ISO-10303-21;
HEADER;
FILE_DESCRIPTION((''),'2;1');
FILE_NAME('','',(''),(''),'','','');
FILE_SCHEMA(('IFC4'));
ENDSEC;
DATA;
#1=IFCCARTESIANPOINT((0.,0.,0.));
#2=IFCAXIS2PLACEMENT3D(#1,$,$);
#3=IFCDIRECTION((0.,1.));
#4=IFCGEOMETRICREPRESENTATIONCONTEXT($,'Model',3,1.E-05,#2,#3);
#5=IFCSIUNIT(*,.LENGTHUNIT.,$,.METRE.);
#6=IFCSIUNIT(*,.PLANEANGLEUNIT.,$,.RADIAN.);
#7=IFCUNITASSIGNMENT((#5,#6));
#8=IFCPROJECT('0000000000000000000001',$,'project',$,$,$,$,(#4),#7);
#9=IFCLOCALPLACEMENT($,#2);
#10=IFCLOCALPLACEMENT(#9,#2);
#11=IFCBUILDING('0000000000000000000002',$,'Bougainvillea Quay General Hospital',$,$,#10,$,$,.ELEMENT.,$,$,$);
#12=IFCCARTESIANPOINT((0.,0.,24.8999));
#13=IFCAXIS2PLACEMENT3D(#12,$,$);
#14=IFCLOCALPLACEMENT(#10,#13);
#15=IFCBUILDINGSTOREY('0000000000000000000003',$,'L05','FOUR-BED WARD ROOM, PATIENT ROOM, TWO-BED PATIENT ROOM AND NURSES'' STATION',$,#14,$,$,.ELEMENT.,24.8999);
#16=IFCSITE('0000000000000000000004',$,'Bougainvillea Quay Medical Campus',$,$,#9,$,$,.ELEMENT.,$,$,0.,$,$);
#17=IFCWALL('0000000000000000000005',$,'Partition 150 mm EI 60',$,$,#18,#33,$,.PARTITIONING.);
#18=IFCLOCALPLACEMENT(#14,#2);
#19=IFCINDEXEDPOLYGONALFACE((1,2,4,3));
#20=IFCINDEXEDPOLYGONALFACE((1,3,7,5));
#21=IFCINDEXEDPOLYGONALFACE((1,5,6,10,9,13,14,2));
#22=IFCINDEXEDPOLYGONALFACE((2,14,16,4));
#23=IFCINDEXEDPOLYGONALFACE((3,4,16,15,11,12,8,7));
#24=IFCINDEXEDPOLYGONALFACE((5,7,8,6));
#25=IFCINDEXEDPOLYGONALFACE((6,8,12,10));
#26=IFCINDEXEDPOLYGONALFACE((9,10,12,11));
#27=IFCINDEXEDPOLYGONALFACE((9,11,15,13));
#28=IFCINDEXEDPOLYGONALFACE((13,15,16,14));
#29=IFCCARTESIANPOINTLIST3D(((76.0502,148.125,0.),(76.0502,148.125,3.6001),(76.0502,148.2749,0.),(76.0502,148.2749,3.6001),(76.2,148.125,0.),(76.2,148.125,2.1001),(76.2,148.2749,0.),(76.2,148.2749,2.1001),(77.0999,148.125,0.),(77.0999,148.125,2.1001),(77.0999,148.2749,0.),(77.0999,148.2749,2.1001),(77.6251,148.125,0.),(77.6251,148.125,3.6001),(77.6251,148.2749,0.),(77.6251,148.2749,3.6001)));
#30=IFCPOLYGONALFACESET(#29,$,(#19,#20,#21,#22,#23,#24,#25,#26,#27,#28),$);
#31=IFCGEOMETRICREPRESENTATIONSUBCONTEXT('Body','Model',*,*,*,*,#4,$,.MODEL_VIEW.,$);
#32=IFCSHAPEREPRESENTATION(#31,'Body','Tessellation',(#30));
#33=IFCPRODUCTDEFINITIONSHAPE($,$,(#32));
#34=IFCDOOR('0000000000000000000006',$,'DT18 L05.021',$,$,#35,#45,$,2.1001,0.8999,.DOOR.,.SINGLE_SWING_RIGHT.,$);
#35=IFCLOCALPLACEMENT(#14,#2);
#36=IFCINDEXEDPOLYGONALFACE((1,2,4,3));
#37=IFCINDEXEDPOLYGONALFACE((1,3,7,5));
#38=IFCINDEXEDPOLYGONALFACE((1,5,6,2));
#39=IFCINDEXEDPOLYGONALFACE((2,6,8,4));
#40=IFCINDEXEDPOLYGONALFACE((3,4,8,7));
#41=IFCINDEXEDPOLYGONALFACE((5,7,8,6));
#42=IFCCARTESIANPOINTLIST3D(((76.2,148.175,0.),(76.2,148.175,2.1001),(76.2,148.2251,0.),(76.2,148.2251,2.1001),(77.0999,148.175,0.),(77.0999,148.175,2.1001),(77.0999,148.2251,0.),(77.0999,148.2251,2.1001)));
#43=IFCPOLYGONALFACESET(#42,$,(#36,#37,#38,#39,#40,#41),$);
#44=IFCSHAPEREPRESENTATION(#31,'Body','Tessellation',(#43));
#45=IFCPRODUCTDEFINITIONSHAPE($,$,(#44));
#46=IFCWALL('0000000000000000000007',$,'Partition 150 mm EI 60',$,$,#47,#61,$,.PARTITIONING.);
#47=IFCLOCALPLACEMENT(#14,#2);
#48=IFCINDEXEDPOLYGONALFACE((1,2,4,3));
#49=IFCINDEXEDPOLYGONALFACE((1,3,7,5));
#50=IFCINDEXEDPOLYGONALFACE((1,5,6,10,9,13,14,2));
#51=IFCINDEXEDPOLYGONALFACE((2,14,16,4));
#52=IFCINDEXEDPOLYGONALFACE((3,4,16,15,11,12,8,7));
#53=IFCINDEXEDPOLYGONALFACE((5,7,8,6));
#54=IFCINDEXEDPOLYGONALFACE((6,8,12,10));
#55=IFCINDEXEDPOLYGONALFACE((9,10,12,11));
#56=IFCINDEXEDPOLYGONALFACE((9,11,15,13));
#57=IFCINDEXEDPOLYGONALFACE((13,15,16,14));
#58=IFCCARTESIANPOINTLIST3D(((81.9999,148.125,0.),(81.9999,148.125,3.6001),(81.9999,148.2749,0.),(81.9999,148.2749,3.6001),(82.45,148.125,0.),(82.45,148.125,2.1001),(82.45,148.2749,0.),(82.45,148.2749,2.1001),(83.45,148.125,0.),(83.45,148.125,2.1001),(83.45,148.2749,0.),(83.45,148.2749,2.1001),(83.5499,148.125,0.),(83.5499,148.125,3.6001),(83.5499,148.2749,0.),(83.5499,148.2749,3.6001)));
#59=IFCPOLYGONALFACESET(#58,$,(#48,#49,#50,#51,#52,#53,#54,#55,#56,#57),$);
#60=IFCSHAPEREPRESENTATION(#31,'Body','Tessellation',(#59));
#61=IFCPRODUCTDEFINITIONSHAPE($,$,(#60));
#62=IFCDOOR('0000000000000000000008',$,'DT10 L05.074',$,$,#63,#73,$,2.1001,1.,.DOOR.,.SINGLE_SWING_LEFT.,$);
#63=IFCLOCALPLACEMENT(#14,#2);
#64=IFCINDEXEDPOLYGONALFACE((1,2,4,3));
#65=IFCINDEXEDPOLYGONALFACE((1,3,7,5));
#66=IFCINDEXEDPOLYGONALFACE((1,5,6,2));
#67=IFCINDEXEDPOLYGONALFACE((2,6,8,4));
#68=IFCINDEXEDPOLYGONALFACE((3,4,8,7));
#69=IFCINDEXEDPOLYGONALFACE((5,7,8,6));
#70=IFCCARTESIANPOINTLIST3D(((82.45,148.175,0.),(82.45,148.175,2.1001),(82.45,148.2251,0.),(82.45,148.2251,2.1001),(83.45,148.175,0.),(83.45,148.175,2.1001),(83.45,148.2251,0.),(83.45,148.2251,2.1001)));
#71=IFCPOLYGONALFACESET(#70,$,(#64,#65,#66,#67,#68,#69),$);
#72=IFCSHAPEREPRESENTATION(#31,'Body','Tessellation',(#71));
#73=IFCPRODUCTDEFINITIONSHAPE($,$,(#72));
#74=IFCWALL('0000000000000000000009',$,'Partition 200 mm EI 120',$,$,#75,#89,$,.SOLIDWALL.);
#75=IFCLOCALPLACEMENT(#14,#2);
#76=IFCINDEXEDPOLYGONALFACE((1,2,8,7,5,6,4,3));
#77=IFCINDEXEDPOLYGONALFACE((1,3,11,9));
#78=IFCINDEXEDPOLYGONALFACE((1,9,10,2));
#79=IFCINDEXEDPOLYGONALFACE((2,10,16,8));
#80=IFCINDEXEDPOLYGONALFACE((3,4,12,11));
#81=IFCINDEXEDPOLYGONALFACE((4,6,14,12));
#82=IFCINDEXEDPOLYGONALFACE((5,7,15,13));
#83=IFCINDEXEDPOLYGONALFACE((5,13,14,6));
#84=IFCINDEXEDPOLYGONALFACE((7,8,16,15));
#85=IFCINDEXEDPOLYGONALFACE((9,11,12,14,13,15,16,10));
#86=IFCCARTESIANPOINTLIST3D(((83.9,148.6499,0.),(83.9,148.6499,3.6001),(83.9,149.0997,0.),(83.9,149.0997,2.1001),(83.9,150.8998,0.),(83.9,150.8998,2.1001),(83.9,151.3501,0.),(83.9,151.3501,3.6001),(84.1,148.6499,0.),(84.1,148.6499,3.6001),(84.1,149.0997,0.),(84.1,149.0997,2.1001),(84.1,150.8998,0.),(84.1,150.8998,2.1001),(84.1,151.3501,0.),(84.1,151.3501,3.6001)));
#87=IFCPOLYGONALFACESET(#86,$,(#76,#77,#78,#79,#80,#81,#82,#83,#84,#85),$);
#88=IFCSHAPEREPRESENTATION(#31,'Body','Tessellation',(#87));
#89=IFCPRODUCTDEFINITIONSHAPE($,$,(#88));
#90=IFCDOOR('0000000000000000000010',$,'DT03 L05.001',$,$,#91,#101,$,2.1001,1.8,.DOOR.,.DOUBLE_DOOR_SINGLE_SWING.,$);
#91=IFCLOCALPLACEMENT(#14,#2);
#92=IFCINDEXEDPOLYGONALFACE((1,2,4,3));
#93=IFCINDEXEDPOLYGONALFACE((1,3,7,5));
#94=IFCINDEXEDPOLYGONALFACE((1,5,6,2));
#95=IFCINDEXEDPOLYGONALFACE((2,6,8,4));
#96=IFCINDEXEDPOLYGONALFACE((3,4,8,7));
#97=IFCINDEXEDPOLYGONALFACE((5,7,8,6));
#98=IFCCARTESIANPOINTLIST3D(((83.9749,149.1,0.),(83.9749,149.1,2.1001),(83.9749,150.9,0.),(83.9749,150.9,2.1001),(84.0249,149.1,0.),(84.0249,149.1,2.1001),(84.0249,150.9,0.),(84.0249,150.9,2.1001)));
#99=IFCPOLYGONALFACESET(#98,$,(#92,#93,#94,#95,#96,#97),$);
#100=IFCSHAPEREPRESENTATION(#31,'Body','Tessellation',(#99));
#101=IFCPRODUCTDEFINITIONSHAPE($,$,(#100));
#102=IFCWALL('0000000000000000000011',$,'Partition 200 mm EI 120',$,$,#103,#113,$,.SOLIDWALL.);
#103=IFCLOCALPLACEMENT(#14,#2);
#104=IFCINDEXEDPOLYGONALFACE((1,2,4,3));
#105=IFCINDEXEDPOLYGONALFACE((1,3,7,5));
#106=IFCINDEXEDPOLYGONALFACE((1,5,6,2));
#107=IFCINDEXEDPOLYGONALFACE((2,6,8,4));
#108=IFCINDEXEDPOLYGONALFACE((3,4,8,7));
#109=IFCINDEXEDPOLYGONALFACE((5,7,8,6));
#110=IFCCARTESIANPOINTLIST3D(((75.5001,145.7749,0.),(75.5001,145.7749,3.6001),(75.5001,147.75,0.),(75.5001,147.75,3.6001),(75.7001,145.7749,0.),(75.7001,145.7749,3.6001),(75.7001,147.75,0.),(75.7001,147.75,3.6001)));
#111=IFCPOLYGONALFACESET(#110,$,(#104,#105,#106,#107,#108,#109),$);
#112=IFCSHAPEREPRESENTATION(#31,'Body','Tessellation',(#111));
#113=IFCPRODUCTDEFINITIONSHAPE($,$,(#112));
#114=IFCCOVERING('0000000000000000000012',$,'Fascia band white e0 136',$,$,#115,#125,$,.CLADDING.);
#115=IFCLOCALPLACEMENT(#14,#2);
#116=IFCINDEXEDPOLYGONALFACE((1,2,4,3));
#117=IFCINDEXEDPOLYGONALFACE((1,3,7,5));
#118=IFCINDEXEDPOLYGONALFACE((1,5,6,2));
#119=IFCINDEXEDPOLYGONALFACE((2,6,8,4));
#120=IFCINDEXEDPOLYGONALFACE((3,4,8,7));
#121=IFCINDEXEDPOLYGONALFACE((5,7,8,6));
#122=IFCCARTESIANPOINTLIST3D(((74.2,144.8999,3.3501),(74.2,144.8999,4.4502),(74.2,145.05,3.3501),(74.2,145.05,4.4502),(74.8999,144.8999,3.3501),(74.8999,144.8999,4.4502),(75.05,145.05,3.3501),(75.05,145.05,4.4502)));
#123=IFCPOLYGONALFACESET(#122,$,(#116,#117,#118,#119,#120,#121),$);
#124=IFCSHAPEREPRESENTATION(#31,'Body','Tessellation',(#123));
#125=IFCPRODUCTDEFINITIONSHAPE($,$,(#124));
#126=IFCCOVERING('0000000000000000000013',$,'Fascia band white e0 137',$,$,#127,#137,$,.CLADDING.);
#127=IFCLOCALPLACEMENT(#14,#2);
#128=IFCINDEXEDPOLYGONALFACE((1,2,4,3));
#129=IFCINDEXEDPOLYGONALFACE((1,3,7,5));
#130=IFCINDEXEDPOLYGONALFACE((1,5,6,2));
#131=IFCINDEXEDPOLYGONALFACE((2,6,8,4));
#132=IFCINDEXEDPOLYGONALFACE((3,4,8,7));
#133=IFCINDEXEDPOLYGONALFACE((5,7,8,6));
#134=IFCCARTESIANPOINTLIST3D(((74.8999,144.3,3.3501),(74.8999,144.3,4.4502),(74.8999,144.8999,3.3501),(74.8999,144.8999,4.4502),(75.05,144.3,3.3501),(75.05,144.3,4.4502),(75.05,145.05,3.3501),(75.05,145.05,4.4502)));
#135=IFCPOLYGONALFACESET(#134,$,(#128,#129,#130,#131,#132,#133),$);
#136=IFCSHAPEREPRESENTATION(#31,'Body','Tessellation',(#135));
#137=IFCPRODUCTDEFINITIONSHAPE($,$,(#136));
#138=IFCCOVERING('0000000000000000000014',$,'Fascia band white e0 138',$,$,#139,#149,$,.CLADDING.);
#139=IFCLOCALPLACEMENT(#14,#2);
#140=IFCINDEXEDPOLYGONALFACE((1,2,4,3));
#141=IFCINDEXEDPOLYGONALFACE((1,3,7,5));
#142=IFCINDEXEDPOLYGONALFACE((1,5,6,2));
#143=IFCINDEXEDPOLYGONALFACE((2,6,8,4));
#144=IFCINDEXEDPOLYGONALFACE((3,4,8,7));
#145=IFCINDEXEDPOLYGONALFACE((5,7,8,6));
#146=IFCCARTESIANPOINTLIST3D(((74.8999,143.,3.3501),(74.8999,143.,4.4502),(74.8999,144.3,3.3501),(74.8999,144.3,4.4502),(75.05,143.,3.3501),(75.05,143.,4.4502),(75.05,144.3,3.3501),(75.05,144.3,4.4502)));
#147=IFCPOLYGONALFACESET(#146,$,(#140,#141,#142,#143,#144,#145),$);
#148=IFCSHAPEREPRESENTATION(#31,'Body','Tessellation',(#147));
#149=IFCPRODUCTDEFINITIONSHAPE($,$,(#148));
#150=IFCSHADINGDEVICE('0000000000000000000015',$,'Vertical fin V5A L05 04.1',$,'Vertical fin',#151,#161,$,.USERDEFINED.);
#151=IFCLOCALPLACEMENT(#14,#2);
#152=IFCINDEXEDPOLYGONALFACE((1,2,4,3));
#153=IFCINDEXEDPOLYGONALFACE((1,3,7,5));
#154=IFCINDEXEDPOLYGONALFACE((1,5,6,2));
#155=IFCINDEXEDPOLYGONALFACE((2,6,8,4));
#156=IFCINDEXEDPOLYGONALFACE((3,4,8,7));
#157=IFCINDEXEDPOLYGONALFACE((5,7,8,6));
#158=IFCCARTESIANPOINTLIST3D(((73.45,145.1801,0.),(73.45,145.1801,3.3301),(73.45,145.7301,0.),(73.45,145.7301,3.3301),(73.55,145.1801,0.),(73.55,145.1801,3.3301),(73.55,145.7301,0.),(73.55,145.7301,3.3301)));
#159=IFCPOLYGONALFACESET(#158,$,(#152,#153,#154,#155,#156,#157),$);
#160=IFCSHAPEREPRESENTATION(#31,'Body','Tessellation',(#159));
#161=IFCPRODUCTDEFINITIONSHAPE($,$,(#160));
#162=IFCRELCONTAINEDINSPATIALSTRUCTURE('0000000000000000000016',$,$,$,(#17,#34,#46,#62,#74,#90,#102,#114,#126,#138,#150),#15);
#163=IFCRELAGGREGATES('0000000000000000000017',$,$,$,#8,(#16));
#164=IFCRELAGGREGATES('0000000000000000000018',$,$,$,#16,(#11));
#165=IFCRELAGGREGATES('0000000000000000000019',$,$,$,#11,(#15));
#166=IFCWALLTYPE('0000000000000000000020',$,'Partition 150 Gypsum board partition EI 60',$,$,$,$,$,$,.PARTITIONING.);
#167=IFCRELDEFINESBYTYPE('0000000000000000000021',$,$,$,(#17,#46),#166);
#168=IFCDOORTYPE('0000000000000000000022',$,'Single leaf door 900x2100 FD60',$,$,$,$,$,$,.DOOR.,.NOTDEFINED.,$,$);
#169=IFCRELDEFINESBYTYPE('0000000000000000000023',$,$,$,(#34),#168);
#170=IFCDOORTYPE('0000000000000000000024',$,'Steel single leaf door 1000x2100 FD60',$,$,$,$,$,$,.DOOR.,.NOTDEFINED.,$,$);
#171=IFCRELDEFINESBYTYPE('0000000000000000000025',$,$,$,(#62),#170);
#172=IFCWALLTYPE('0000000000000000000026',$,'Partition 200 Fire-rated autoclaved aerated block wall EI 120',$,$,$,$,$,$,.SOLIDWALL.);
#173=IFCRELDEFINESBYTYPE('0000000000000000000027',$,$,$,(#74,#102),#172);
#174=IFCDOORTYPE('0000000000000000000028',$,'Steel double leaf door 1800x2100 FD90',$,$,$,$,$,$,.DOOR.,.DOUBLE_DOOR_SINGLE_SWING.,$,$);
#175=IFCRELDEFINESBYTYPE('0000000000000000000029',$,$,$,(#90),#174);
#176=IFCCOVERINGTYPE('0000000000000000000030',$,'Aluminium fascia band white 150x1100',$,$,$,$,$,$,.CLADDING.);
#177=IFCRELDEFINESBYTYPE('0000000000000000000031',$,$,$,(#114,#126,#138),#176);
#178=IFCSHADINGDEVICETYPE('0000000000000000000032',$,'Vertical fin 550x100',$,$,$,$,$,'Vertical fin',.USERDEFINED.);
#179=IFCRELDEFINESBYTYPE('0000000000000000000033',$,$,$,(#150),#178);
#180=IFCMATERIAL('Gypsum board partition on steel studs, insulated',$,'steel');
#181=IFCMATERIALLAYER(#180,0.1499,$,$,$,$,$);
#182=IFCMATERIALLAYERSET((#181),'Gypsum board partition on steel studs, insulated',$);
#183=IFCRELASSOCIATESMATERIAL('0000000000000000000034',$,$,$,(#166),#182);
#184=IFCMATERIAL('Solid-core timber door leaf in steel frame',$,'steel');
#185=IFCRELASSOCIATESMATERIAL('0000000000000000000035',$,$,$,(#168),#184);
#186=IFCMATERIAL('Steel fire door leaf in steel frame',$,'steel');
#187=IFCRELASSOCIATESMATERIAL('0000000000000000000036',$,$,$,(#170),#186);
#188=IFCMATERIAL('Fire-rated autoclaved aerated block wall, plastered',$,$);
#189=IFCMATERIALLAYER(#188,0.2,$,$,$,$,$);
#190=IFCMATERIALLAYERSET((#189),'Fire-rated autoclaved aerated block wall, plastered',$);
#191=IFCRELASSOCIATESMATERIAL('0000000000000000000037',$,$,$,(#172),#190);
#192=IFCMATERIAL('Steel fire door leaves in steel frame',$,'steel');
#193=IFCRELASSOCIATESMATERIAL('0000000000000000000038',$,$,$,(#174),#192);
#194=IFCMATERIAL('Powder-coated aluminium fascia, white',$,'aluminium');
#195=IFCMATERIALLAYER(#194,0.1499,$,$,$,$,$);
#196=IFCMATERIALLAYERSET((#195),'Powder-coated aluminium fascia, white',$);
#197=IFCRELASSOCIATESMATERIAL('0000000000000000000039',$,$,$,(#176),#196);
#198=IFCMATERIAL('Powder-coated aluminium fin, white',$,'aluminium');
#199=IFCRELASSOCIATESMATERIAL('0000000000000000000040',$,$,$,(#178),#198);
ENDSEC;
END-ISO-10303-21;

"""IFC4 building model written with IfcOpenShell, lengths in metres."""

from ifc_helpers import new_model, si_unit, direction, frame, frame_2d, origin, origin_2d, place, context, subcontext, project, spatial, polyline, rectangle, outline, extrude, material, layer, layer_set, material_profile, profile_set, type_object, element, fill, save


model = new_model("IFC4")

# Units and contexts
model_context = context("Model", 3, precision=1e-05, world=origin(), true_north=direction((0.0, 1.0)))
body_context = subcontext(model_context, "Body", "Model", "MODEL_VIEW")
ifc_project = project(units=[si_unit("LENGTHUNIT", "METRE"), si_unit("PLANEANGLEUNIT", "RADIAN")], contexts=[model_context])

# Site, building, storey
site_placement = place(None, origin())
site = spatial("IfcSite", under=ifc_project, at=site_placement, Name="Bougainvillea Quay Medical Campus", CompositionType="ELEMENT", RefElevation=0.0)
building_placement = place(site_placement, origin())
building = spatial("IfcBuilding", under=site, at=building_placement, Name="Bougainvillea Quay General Hospital", CompositionType="ELEMENT")
storey_placement = place(building_placement, frame((0.0, 0.0, 24.8999)))
storey = spatial("IfcBuildingStorey", under=building, at=storey_placement, Name="L05", Description="FOUR-BED WARD ROOM, PATIENT ROOM, TWO-BED PATIENT ROOM AND NURSES' STATION", CompositionType="ELEMENT", Elevation=24.8999)

# Shared definitions
ifc_material_1 = material(Name="Gypsum board partition on steel studs, insulated", Category="steel")
ifc_material_2 = material(Name="Solid-core timber door leaf in steel frame", Category="steel")

# Walls, openings, doors
ifc_layer_1 = layer(ifc_material_1, 0.1499)
ifc_layer_set_1 = layer_set([ifc_layer_1], Name="Gypsum board partition on steel studs, insulated")
wall_type_1 = type_object("IfcWallType", Name="Partition 150 Gypsum board partition EI 60", PredefinedType="PARTITIONING", material=ifc_layer_set_1)
wall_1_placement = place(storey_placement, frame((76.05, 148.2, 0.0), z_axis=(0.0, 0.0, 1.0), x_axis=(1.0, 0.0, 0.0)))
wall_1 = element("IfcWall", 1, at=wall_1_placement, inside=storey, type_object=wall_type_1, Name="Partition 150 mm EI 60", PredefinedType="PARTITIONING", context=body_context, shape_type="SweptSolid", body=[
    extrude(rectangle(XDim=1.575, YDim=0.1499, at=frame_2d((0.7876, 0.0))), origin(), (0.0, 0.0, 1.0), 3.6001),
])
opening_1_placement = place(wall_1_placement, frame((0.1499, 0.0, 0.0)))
opening_1 = element("IfcOpeningElement", 2, at=opening_1_placement, cuts=wall_1, PredefinedType="OPENING", context=body_context, shape_type="SweptSolid", body=[
    extrude(rectangle(XDim=0.8999, YDim=2.1001, at=frame_2d((0.45, 1.05))), frame((0.0, 0.085, 0.0), z_axis=(0.0, -1.0, 0.0), x_axis=(1.0, 0.0, 0.0)), (0.0, 0.0, 1.0), 0.1699),
])
door_type_1 = type_object("IfcDoorType", Name="Single leaf door 900x2100 FD60", OperationType="NOTDEFINED", PredefinedType="DOOR", material=ifc_material_2)
door_1_placement = place(opening_1_placement, frame((0.8999, 0.0, 0.0), z_axis=(0.0, 0.0, 1.0), x_axis=(-1.0, 0.0, 0.0)))
door_1 = element("IfcDoor", 3, at=door_1_placement, inside=storey, type_object=door_type_1, Name="DT18 L05.021", OperationType="SINGLE_SWING_RIGHT", OverallHeight=2.1001, OverallWidth=0.8999, PredefinedType="DOOR", context=body_context, shape_type="SweptSolid", body=[
    extrude(rectangle(XDim=0.8999, YDim=2.1001, at=frame_2d((0.45, 1.05))), frame((0.0, 0.0249, 0.0), z_axis=(0.0, -1.0, 0.0), x_axis=(1.0, 0.0, 0.0)), (0.0, 0.0, 1.0), 0.05),
])
fill(opening_1, door_1)
wall_2_placement = place(storey_placement, frame((82.0, 148.2, 0.0), z_axis=(0.0, 0.0, 1.0), x_axis=(1.0, 0.0, 0.0)))
wall_2 = element("IfcWall", 4, at=wall_2_placement, inside=storey, type_object=wall_type_1, Name="Partition 150 mm EI 60", PredefinedType="PARTITIONING", context=body_context, shape_type="SweptSolid", body=[
    extrude(rectangle(XDim=1.55, YDim=0.1499, at=frame_2d((0.7749, 0.0))), origin(), (0.0, 0.0, 1.0), 3.6001),
])
opening_2_placement = place(wall_2_placement, frame((0.45, 0.0, 0.0)))
opening_2 = element("IfcOpeningElement", 5, at=opening_2_placement, cuts=wall_2, PredefinedType="OPENING", context=body_context, shape_type="SweptSolid", body=[
    extrude(rectangle(XDim=1.0, YDim=2.1001, at=frame_2d((0.5, 1.05))), frame((0.0, 0.085, 0.0), z_axis=(0.0, -1.0, 0.0), x_axis=(1.0, 0.0, 0.0)), (0.0, 0.0, 1.0), 0.1699),
])
ifc_material_3 = material(Name="Steel fire door leaf in steel frame", Category="steel")
door_type_2 = type_object("IfcDoorType", Name="Steel single leaf door 1000x2100 FD60", OperationType="NOTDEFINED", PredefinedType="DOOR", material=ifc_material_3)
door_2_placement = place(opening_2_placement, frame((1.0, 0.0, 0.0), z_axis=(0.0, 0.0, 1.0), x_axis=(-1.0, 0.0, 0.0)))
door_2 = element("IfcDoor", 6, at=door_2_placement, inside=storey, type_object=door_type_2, Name="DT10 L05.074", OperationType="SINGLE_SWING_LEFT", OverallHeight=2.1001, OverallWidth=1.0, PredefinedType="DOOR", context=body_context, shape_type="SweptSolid", body=[
    extrude(rectangle(XDim=1.0, YDim=2.1001, at=frame_2d((0.5, 1.05))), frame((0.0, 0.0249, 0.0), z_axis=(0.0, -1.0, 0.0), x_axis=(1.0, 0.0, 0.0)), (0.0, 0.0, 1.0), 0.05),
])
fill(opening_2, door_2)
ifc_material_4 = material(Name="Fire-rated autoclaved aerated block wall, plastered")
ifc_layer_2 = layer(ifc_material_4, 0.2)
ifc_layer_set_2 = layer_set([ifc_layer_2], Name="Fire-rated autoclaved aerated block wall, plastered")
wall_type_2 = type_object("IfcWallType", Name="Partition 200 Fire-rated autoclaved aerated block wall EI 120", PredefinedType="SOLIDWALL", material=ifc_layer_set_2)
wall_3_placement = place(storey_placement, frame((84.0, 148.6499, 0.0), z_axis=(0.0, 0.0, 1.0), x_axis=(0.0, 1.0, 0.0)))
wall_3 = element("IfcWall", 7, at=wall_3_placement, inside=storey, type_object=wall_type_2, Name="Partition 200 mm EI 120", PredefinedType="SOLIDWALL", context=body_context, shape_type="SweptSolid", body=[
    extrude(rectangle(XDim=2.7002, YDim=0.2, at=frame_2d((1.3501, 0.0))), origin(), (0.0, 0.0, 1.0), 3.6001),
])
opening_3_placement = place(wall_3_placement, frame((0.45, 0.0, 0.0)))
opening_3 = element("IfcOpeningElement", 8, at=opening_3_placement, cuts=wall_3, PredefinedType="OPENING", context=body_context, shape_type="SweptSolid", body=[
    extrude(rectangle(XDim=1.8, YDim=2.1001, at=frame_2d((0.8999, 1.05))), frame((0.0, 0.1099, 0.0), z_axis=(0.0, -1.0, 0.0), x_axis=(1.0, 0.0, 0.0)), (0.0, 0.0, 1.0), 0.22),
])
ifc_material_5 = material(Name="Steel fire door leaves in steel frame", Category="steel")
door_type_3 = type_object("IfcDoorType", Name="Steel double leaf door 1800x2100 FD90", OperationType="DOUBLE_DOOR_SINGLE_SWING", PredefinedType="DOOR", material=ifc_material_5)
door_3_placement = place(opening_3_placement, frame((1.8, 0.0, 0.0), z_axis=(0.0, 0.0, 1.0), x_axis=(-1.0, 0.0, 0.0)))
door_3 = element("IfcDoor", 9, at=door_3_placement, inside=storey, type_object=door_type_3, Name="DT03 L05.001", OperationType="DOUBLE_DOOR_SINGLE_SWING", OverallHeight=2.1001, OverallWidth=1.8, PredefinedType="DOOR", context=body_context, shape_type="SweptSolid", body=[
    extrude(rectangle(XDim=1.8, YDim=2.1001, at=frame_2d((0.8999, 1.05))), frame((0.0, 0.0249, 0.0), z_axis=(0.0, -1.0, 0.0), x_axis=(1.0, 0.0, 0.0)), (0.0, 0.0, 1.0), 0.05),
])
fill(opening_3, door_3)

# Wall
wall_4_placement = place(storey_placement, frame((75.6001, 145.7749, 0.0), z_axis=(0.0, 0.0, 1.0), x_axis=(0.0, 1.0, 0.0)))
element("IfcWall", 10, at=wall_4_placement, inside=storey, type_object=wall_type_2, Name="Partition 200 mm EI 120", PredefinedType="SOLIDWALL", context=body_context, shape_type="SweptSolid", body=[
    extrude(rectangle(XDim=1.9751, YDim=0.2, at=frame_2d((0.9875, 0.0))), origin(), (0.0, 0.0, 1.0), 3.6001),
])

# Coverings
ifc_material_6 = material(Name="Powder-coated aluminium fascia, white", Category="aluminium")
ifc_layer_3 = layer(ifc_material_6, 0.1499)
ifc_layer_set_3 = layer_set([ifc_layer_3], Name="Powder-coated aluminium fascia, white")
covering_type = type_object("IfcCoveringType", Name="Aluminium fascia band white 150x1100", PredefinedType="CLADDING", material=ifc_layer_set_3)
covering_1_placement = place(storey_placement, frame((74.2, 145.05, 3.3501), z_axis=(0.0, 0.0, 1.0), x_axis=(1.0, 0.0, 0.0)))
element("IfcCovering", 11, at=covering_1_placement, inside=storey, type_object=covering_type, Name="Fascia band white e0 136", PredefinedType="CLADDING", context=body_context, shape_type="SweptSolid", body=[
    extrude(outline(polyline([(0.0, 0.0), (0.8501, 0.0), (0.7, -0.1501), (0.0, -0.1501), (0.0, 0.0)])), origin(), (0.0, 0.0, 1.0), 1.1001),
])
covering_2_placement = place(storey_placement, frame((75.05, 145.05, 3.3501), z_axis=(0.0, 0.0, 1.0), x_axis=(0.0, -1.0, 0.0)))
element("IfcCovering", 12, at=covering_2_placement, inside=storey, type_object=covering_type, Name="Fascia band white e0 137", PredefinedType="CLADDING", context=body_context, shape_type="SweptSolid", body=[
    extrude(outline(polyline([(0.0, 0.0), (0.75, 0.0), (0.75, -0.1501), (0.1501, -0.1501), (0.0, 0.0)])), origin(), (0.0, 0.0, 1.0), 1.1001),
])
covering_3_placement = place(storey_placement, frame((75.05, 144.3, 3.3501), z_axis=(0.0, 0.0, 1.0), x_axis=(0.0, -1.0, 0.0)))
element("IfcCovering", 13, at=covering_3_placement, inside=storey, type_object=covering_type, Name="Fascia band white e0 138", PredefinedType="CLADDING", context=body_context, shape_type="SweptSolid", body=[
    extrude(outline(polyline([(0.0, 0.0), (1.3, 0.0), (1.3, -0.1501), (0.0, -0.1501), (0.0, 0.0)])), origin(), (0.0, 0.0, 1.0), 1.1001),
])

# Shading device
ifc_material_7 = material(Name="Powder-coated aluminium fin, white", Category="aluminium")
ifc_material_profile_1 = material_profile(ifc_material_7, rectangle(XDim=0.55, YDim=0.1001, at=origin_2d()))
ifc_profile_set_1 = profile_set([ifc_material_profile_1], Name="Powder-coated aluminium fin, white")
shading_device_type = type_object("IfcShadingDeviceType", Name="Vertical fin 550x100", ElementType="Vertical fin", PredefinedType="USERDEFINED", material=ifc_profile_set_1)
shading_device_placement = place(storey_placement, frame((73.5, 145.4551, 0.0), z_axis=(0.0, 0.0, 1.0), x_axis=(0.0, -1.0, 0.0)))
element("IfcShadingDevice", 14, at=shading_device_placement, inside=storey, type_object=shading_device_type, Name="Vertical fin V5A L05 04.1", ObjectType="Vertical fin", PredefinedType="USERDEFINED", context=body_context, shape_type="SweptSolid", body=[
    extrude(rectangle(XDim=0.55, YDim=0.1001, at=origin_2d()), origin(), (0.0, 0.0, 1.0), 3.3301),
])

save(model, "model.ifc")
